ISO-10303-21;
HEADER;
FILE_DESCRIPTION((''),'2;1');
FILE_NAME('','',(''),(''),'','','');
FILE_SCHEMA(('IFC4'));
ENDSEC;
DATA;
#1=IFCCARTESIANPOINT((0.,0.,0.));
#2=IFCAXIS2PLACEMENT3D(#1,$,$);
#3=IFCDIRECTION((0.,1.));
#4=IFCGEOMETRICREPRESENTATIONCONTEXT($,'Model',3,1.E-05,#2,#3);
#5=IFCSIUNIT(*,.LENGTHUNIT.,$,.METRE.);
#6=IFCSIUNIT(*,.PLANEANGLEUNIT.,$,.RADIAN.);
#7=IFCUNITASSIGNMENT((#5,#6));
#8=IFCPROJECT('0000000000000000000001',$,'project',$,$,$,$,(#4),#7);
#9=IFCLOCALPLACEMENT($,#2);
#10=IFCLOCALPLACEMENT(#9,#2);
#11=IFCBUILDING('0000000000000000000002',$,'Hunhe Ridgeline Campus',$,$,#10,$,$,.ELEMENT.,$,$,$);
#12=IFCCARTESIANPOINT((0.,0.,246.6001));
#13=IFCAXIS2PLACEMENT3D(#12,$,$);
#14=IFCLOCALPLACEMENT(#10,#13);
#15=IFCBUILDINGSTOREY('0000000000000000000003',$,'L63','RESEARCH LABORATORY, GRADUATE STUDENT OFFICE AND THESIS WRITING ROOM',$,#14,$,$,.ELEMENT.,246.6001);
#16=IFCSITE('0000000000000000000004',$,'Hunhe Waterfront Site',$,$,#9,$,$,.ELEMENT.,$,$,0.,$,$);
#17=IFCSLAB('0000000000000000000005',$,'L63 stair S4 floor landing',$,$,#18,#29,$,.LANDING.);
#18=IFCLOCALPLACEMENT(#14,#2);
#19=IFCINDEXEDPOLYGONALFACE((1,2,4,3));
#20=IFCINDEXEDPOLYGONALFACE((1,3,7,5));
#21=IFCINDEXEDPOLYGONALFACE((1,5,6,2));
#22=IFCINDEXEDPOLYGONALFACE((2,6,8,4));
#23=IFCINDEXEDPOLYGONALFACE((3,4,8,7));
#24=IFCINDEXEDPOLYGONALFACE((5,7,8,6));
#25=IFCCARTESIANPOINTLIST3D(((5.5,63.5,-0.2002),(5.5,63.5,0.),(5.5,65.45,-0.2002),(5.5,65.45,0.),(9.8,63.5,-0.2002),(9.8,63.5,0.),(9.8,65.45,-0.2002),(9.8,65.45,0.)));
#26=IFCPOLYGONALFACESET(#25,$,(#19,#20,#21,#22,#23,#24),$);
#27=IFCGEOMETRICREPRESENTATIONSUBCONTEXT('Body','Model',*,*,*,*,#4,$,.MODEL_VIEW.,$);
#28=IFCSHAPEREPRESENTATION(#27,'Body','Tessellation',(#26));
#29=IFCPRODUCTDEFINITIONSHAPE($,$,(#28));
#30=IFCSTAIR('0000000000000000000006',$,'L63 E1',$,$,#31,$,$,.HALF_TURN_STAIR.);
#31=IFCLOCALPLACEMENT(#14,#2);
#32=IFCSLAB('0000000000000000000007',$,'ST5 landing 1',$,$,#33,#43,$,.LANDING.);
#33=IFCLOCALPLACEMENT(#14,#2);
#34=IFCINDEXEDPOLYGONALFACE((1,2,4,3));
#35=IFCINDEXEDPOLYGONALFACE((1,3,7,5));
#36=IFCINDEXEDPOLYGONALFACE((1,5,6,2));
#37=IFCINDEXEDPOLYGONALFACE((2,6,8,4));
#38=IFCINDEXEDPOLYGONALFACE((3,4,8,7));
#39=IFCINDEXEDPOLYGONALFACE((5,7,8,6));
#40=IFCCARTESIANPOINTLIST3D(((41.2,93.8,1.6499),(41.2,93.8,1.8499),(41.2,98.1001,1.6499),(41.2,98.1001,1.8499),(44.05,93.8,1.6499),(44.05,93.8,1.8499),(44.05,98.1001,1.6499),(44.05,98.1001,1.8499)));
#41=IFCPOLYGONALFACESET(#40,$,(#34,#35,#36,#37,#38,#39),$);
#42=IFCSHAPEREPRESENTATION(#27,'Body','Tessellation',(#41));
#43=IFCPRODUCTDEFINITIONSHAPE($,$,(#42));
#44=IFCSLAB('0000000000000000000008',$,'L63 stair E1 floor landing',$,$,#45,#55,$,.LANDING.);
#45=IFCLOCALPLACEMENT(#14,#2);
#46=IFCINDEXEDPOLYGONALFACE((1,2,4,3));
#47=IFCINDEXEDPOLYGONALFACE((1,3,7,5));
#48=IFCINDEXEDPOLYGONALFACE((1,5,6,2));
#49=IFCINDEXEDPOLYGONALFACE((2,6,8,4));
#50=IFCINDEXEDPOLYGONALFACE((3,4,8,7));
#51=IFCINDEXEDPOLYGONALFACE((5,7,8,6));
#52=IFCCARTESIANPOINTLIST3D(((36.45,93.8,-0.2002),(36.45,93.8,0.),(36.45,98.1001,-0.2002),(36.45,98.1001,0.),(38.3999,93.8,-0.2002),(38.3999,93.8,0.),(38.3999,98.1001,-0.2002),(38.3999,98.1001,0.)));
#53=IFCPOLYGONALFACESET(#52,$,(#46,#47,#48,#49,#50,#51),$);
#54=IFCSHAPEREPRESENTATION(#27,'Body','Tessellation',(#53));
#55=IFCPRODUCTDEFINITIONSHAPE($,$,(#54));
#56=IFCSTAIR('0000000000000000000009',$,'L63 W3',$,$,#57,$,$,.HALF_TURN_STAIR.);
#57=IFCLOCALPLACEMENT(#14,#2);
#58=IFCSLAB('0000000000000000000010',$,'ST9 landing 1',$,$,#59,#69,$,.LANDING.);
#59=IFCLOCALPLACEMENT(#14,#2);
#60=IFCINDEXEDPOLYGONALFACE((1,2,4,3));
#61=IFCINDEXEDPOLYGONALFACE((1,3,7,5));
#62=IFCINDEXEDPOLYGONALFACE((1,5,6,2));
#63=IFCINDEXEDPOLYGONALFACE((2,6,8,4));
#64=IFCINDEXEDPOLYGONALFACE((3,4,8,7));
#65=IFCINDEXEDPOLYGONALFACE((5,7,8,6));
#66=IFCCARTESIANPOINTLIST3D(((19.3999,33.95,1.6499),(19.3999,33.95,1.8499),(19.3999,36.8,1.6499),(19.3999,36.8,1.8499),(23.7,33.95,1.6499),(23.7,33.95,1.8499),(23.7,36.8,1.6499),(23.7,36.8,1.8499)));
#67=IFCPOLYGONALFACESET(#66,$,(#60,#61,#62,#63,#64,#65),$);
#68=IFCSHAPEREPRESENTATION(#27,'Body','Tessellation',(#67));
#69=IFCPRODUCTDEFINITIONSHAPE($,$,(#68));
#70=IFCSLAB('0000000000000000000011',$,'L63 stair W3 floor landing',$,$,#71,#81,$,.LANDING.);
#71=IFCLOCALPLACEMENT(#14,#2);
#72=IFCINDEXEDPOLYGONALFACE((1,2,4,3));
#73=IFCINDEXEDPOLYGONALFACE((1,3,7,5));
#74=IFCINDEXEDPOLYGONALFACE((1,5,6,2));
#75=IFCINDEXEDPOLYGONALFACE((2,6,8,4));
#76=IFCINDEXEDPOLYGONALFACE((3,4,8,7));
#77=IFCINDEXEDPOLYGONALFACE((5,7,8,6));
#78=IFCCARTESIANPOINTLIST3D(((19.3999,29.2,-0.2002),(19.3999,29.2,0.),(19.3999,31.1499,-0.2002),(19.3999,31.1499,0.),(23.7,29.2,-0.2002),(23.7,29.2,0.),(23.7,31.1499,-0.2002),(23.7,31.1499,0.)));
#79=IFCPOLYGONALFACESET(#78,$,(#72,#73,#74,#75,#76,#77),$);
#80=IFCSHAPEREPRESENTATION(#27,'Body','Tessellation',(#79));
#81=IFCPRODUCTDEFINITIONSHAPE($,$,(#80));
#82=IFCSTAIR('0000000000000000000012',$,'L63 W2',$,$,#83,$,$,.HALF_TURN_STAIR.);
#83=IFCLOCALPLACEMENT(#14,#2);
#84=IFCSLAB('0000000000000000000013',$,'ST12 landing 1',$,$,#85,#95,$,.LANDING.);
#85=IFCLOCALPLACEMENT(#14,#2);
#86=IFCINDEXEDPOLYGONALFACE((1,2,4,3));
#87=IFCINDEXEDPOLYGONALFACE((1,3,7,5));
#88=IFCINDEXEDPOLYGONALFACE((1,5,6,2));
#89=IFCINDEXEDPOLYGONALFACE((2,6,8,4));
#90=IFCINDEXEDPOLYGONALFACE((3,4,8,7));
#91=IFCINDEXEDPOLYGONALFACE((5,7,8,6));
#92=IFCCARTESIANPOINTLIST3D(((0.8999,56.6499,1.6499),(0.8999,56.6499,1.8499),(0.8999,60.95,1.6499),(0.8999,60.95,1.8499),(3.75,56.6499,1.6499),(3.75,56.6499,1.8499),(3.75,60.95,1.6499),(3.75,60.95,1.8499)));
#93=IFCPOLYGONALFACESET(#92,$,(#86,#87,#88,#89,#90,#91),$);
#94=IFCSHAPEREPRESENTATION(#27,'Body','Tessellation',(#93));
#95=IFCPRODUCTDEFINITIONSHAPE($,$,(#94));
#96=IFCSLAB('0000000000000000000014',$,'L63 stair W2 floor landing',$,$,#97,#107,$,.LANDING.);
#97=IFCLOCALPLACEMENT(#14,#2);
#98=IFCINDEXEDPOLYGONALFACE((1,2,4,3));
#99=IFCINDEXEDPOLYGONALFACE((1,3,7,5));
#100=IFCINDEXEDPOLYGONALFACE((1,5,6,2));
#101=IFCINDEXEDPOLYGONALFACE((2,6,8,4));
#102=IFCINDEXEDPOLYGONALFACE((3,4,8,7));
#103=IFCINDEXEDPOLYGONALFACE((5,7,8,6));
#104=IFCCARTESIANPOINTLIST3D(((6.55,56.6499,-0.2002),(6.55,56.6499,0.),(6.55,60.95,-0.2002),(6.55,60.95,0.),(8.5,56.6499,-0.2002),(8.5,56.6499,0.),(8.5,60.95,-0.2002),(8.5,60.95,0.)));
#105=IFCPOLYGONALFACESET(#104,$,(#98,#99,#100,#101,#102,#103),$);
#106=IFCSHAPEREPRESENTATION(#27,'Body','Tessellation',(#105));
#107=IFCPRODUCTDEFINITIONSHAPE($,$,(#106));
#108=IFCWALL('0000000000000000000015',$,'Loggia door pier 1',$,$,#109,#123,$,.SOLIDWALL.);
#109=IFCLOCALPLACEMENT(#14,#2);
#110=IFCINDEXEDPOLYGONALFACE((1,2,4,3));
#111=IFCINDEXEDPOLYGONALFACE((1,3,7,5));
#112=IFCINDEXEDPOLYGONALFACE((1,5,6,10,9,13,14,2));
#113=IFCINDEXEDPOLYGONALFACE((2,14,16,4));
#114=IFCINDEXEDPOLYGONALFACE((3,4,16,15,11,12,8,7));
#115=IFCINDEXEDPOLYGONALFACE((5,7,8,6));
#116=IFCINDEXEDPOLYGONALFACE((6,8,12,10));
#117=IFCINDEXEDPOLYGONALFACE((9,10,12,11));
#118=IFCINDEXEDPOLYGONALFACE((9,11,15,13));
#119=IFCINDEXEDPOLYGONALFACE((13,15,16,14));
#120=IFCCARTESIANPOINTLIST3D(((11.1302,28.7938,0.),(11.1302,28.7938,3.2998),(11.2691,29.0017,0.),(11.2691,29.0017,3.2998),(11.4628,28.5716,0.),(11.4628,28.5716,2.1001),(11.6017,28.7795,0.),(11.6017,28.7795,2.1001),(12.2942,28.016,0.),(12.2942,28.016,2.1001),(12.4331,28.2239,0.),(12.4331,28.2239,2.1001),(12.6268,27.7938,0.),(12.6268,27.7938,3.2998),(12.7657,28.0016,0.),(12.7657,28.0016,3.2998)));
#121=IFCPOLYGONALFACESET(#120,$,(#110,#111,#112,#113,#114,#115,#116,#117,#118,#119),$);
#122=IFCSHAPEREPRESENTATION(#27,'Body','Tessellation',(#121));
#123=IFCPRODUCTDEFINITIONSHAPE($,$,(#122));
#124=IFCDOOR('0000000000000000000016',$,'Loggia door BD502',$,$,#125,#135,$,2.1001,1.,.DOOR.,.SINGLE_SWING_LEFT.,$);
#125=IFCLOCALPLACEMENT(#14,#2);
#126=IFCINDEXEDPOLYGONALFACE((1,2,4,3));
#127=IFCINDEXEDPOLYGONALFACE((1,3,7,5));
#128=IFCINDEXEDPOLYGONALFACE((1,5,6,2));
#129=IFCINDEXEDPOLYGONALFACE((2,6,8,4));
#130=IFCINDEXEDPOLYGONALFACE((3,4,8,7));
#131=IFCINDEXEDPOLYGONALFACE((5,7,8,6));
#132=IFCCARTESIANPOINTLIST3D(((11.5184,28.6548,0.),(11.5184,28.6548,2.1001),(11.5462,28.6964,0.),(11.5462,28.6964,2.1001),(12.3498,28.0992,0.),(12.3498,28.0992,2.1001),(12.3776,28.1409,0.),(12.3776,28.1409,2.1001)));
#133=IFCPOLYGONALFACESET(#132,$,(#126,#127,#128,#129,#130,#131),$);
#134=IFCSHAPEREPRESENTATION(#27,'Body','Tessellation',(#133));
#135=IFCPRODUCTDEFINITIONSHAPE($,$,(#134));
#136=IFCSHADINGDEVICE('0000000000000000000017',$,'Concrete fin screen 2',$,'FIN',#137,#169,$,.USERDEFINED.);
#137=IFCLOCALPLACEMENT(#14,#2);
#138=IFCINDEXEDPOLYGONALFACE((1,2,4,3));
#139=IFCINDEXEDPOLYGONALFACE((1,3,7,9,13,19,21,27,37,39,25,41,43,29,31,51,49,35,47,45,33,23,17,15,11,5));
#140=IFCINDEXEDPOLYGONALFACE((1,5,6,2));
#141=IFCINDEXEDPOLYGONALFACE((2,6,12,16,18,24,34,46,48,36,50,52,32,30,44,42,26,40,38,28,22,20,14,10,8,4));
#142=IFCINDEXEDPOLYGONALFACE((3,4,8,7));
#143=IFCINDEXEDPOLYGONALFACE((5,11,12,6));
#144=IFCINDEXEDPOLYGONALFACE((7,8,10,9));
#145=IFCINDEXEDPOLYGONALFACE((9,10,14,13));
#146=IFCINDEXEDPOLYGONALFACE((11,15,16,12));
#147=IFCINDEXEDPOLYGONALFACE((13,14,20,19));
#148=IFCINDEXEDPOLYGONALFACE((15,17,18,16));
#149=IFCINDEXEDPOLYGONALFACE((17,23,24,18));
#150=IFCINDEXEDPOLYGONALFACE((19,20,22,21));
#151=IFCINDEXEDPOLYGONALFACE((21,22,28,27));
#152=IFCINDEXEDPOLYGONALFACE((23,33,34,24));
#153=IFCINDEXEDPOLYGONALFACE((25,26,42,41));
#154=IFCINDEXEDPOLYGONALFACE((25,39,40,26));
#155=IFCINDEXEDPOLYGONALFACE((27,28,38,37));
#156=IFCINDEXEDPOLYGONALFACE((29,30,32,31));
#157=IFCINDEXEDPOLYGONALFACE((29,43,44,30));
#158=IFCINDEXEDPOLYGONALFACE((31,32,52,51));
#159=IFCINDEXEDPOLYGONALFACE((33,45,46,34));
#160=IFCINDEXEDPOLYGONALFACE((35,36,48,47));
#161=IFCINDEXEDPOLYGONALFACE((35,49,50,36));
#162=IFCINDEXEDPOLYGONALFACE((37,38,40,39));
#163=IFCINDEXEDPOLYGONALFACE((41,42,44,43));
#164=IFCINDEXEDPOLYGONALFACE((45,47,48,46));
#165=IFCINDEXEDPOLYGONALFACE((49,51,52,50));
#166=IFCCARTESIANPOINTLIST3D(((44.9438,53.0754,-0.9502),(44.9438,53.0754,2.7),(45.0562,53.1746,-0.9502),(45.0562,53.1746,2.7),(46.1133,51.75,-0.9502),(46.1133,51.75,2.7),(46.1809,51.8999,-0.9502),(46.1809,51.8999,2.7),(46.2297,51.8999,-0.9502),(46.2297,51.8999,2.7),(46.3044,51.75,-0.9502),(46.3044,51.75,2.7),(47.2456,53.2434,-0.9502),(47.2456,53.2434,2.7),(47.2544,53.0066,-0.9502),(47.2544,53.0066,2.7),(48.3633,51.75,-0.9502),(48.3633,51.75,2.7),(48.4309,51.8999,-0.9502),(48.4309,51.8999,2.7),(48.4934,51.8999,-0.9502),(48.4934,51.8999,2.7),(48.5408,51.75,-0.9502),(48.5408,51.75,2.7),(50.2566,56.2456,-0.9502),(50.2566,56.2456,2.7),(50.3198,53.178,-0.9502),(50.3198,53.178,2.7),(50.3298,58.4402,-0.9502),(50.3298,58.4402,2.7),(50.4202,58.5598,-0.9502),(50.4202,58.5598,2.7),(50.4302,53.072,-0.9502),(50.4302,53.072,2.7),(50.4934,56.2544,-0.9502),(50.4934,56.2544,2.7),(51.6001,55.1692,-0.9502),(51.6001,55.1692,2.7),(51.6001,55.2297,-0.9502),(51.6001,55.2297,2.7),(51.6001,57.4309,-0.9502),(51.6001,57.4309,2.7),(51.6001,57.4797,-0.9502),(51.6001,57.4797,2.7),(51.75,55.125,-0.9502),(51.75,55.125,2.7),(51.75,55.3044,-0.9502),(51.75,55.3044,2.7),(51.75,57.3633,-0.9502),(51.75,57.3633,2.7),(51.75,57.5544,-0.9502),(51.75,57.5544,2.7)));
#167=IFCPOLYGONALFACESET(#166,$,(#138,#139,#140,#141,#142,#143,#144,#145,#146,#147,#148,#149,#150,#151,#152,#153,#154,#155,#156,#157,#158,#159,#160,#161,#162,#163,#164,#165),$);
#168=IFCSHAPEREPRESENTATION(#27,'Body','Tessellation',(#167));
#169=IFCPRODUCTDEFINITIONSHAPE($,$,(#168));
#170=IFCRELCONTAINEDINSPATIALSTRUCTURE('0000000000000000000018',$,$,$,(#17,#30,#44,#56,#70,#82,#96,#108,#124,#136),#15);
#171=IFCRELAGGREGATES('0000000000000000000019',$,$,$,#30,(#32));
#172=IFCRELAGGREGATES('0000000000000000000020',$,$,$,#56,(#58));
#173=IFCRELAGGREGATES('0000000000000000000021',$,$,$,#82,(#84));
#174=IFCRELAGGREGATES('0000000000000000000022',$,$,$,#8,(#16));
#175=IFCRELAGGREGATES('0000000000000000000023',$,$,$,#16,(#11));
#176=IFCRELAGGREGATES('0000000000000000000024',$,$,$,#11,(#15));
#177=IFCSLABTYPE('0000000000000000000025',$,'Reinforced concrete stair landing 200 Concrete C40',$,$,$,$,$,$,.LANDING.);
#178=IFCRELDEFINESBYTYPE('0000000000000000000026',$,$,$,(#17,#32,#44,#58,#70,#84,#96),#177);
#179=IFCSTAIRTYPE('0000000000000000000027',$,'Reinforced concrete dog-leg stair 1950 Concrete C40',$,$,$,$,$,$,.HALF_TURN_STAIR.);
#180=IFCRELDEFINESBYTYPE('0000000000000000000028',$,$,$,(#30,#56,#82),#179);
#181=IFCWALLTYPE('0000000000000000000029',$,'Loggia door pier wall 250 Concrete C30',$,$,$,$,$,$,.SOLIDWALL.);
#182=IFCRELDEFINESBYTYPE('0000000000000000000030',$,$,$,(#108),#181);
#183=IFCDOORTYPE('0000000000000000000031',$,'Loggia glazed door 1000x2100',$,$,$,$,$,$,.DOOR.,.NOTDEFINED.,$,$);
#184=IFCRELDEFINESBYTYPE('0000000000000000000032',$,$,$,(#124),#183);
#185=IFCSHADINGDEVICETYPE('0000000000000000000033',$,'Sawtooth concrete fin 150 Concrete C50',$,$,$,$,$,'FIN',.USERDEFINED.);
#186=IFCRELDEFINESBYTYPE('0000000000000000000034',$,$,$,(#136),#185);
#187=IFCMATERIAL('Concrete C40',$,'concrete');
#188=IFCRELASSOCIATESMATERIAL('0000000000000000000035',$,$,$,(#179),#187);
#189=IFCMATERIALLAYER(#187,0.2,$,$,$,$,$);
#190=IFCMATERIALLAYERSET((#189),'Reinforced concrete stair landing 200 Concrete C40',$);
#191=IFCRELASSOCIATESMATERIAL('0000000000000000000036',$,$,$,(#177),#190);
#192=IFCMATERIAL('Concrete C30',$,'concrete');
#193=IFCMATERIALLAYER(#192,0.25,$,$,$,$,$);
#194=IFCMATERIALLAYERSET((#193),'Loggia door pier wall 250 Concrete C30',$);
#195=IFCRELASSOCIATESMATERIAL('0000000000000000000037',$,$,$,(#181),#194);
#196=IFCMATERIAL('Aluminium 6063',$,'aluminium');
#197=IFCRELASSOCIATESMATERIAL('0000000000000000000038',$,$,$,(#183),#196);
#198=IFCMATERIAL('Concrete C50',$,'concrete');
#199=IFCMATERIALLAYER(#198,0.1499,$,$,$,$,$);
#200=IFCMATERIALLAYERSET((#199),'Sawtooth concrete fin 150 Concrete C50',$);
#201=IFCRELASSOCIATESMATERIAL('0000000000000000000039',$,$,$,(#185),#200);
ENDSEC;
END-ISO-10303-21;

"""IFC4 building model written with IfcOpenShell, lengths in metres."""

from ifc_helpers import new_model, si_unit, direction, frame, frame_2d, origin, place, context, subcontext, project, spatial, polyline, rectangle, outline, extrude, material, layer, layer_set, type_object, element, fill, aggregate, save


model = new_model("IFC4")

# Units and contexts
model_context = context("Model", 3, precision=1e-05, world=origin(), true_north=direction((0.0, 1.0)))
body_context = subcontext(model_context, "Body", "Model", "MODEL_VIEW")
ifc_project = project(units=[si_unit("LENGTHUNIT", "METRE"), si_unit("PLANEANGLEUNIT", "RADIAN")], contexts=[model_context])

# Site, building, storey
site_placement = place(None, origin())
site = spatial("IfcSite", under=ifc_project, at=site_placement, Name="Hunhe Waterfront Site", CompositionType="ELEMENT", RefElevation=0.0)
building_placement = place(site_placement, origin())
building = spatial("IfcBuilding", under=site, at=building_placement, Name="Hunhe Ridgeline Campus", CompositionType="ELEMENT")
storey_placement = place(building_placement, frame((0.0, 0.0, 246.6001)))
storey = spatial("IfcBuildingStorey", under=building, at=storey_placement, Name="L63", Description="RESEARCH LABORATORY, GRADUATE STUDENT OFFICE AND THESIS WRITING ROOM", CompositionType="ELEMENT", Elevation=246.6001)

# Shared definitions
ifc_material_1 = material(Name="Aluminium 6063", Category="aluminium")

# Shared definitions
ifc_material_2 = material(Name="Concrete C50", Category="concrete")

# Shared definitions
ifc_material_3 = material(Name="Concrete C40", Category="concrete")

# Shared definitions
stair_type = type_object("IfcStairType", Name="Reinforced concrete dog-leg stair 1950 Concrete C40", PredefinedType="HALF_TURN_STAIR", material=ifc_material_3)
ifc_layer_1 = layer(ifc_material_3, 0.2)
ifc_layer_set_1 = layer_set([ifc_layer_1], Name="Reinforced concrete stair landing 200 Concrete C40")
slab_type_1 = type_object("IfcSlabType", Name="Reinforced concrete stair landing 200 Concrete C40", PredefinedType="LANDING", material=ifc_layer_set_1)

# Slab
slab_1_placement = place(storey_placement, frame((0.0, 0.0, -0.2002)))
element("IfcSlab", 1, at=slab_1_placement, inside=storey, type_object=slab_type_1, Name="L63 stair S4 floor landing", PredefinedType="LANDING", context=body_context, shape_type="SweptSolid", body=[
    extrude(outline(polyline([(9.8, 63.5), (9.8, 65.45), (5.5, 65.45), (5.5, 63.5), (9.8, 63.5)])), origin(), (0.0, 0.0, 1.0), 0.2002),
])

# Stair, slab
stair_1_placement = place(storey_placement, origin())
stair_1 = element("IfcStair", 2, at=stair_1_placement, inside=storey, type_object=stair_type, Name="L63 E1", PredefinedType="HALF_TURN_STAIR")
slab_2_placement = place(storey_placement, frame((0.0, 0.0, 1.6499)))
slab_2 = element("IfcSlab", 3, at=slab_2_placement, type_object=slab_type_1, Name="ST5 landing 1", PredefinedType="LANDING", context=body_context, shape_type="SweptSolid", body=[
    extrude(outline(polyline([(41.2, 93.8), (44.05, 93.8), (44.05, 98.1001), (41.2, 98.1001), (41.2, 93.8)])), origin(), (0.0, 0.0, 1.0), 0.2),
])
aggregate(stair_1, [slab_2])

# Slab
slab_3_placement = place(storey_placement, frame((0.0, 0.0, -0.2002)))
element("IfcSlab", 4, at=slab_3_placement, inside=storey, type_object=slab_type_1, Name="L63 stair E1 floor landing", PredefinedType="LANDING", context=body_context, shape_type="SweptSolid", body=[
    extrude(outline(polyline([(36.45, 93.8), (38.3999, 93.8), (38.3999, 98.1001), (36.45, 98.1001), (36.45, 93.8)])), origin(), (0.0, 0.0, 1.0), 0.2002),
])

# Stair, slab
stair_2_placement = place(storey_placement, origin())
stair_2 = element("IfcStair", 5, at=stair_2_placement, inside=storey, type_object=stair_type, Name="L63 W3", PredefinedType="HALF_TURN_STAIR")
slab_4_placement = place(storey_placement, frame((0.0, 0.0, 1.6499)))
slab_4 = element("IfcSlab", 6, at=slab_4_placement, type_object=slab_type_1, Name="ST9 landing 1", PredefinedType="LANDING", context=body_context, shape_type="SweptSolid", body=[
    extrude(outline(polyline([(23.7, 33.95), (23.7, 36.8), (19.3999, 36.8), (19.3999, 33.95), (23.7, 33.95)])), origin(), (0.0, 0.0, 1.0), 0.2),
])
aggregate(stair_2, [slab_4])

# Slab
slab_5_placement = place(storey_placement, frame((0.0, 0.0, -0.2002)))
element("IfcSlab", 7, at=slab_5_placement, inside=storey, type_object=slab_type_1, Name="L63 stair W3 floor landing", PredefinedType="LANDING", context=body_context, shape_type="SweptSolid", body=[
    extrude(outline(polyline([(23.7, 29.2), (23.7, 31.1499), (19.3999, 31.1499), (19.3999, 29.2), (23.7, 29.2)])), origin(), (0.0, 0.0, 1.0), 0.2002),
])

# Stair, slab
stair_3_placement = place(storey_placement, origin())
stair_3 = element("IfcStair", 8, at=stair_3_placement, inside=storey, type_object=stair_type, Name="L63 W2", PredefinedType="HALF_TURN_STAIR")
slab_6_placement = place(storey_placement, frame((0.0, 0.0, 1.6499)))
slab_6 = element("IfcSlab", 9, at=slab_6_placement, type_object=slab_type_1, Name="ST12 landing 1", PredefinedType="LANDING", context=body_context, shape_type="SweptSolid", body=[
    extrude(outline(polyline([(3.75, 60.95), (0.8999, 60.95), (0.8999, 56.6499), (3.75, 56.6499), (3.75, 60.95)])), origin(), (0.0, 0.0, 1.0), 0.2),
])
aggregate(stair_3, [slab_6])

# Slab
slab_7_placement = place(storey_placement, frame((0.0, 0.0, -0.2002)))
element("IfcSlab", 10, at=slab_7_placement, inside=storey, type_object=slab_type_1, Name="L63 stair W2 floor landing", PredefinedType="LANDING", context=body_context, shape_type="SweptSolid", body=[
    extrude(outline(polyline([(8.5, 60.95), (6.55, 60.95), (6.55, 56.6499), (8.5, 56.6499), (8.5, 60.95)])), origin(), (0.0, 0.0, 1.0), 0.2002),
])

# Wall, opening, door
ifc_material_4 = material(Name="Concrete C30", Category="concrete")
ifc_layer_2 = layer(ifc_material_4, 0.25)
ifc_layer_set_2 = layer_set([ifc_layer_2], Name="Loggia door pier wall 250 Concrete C30")
wall_type = type_object("IfcWallType", Name="Loggia door pier wall 250 Concrete C30", PredefinedType="SOLIDWALL", material=ifc_layer_set_2)
wall_placement = place(storey_placement, frame((11.1997, 28.8977, 0.0), z_axis=(0.0, 0.0, 1.0), x_axis=(0.831466, -0.555576, 0.0)))
wall = element("IfcWall", 11, at=wall_placement, inside=storey, type_object=wall_type, Name="Loggia door pier 1", PredefinedType="SOLIDWALL", context=body_context, shape_type="SweptSolid", body=[
    extrude(rectangle(XDim=1.8, YDim=0.25, at=frame_2d((0.8999, 0.0))), origin(), (0.0, 0.0, 1.0), 3.2998),
])
opening_placement = place(wall_placement, frame((0.3999, 0.0, 0.0)))
opening = element("IfcOpeningElement", 12, at=opening_placement, cuts=wall, PredefinedType="OPENING", context=body_context, shape_type="SweptSolid", body=[
    extrude(rectangle(XDim=1.0, YDim=2.1001, at=frame_2d((0.5, 1.05))), frame((0.0, 0.125, 0.0), z_axis=(0.0, -1.0, 0.0), x_axis=(1.0, 0.0, 0.0)), (0.0, 0.0, 1.0), 0.25),
])
door_type = type_object("IfcDoorType", Name="Loggia glazed door 1000x2100", OperationType="NOTDEFINED", PredefinedType="DOOR", material=ifc_material_1)
door_placement = place(opening_placement, frame((1.0, 0.0, 0.0), z_axis=(0.0, 0.0, 1.0), x_axis=(-1.0, 0.0, 0.0)))
door = element("IfcDoor", 13, at=door_placement, inside=storey, type_object=door_type, Name="Loggia door BD502", OperationType="SINGLE_SWING_LEFT", OverallHeight=2.1001, OverallWidth=1.0, PredefinedType="DOOR", context=body_context, shape_type="SweptSolid", body=[
    extrude(rectangle(XDim=1.0, YDim=2.1001, at=frame_2d((0.5, 1.05))), frame((0.0, 0.0249, 0.0), z_axis=(0.0, -1.0, 0.0), x_axis=(1.0, 0.0, 0.0)), (0.0, 0.0, 1.0), 0.05),
])
fill(opening, door)

# Shading device
ifc_layer_3 = layer(ifc_material_2, 0.1499)
ifc_layer_set_3 = layer_set([ifc_layer_3], Name="Sawtooth concrete fin 150 Concrete C50")
shading_device_type = type_object("IfcShadingDeviceType", Name="Sawtooth concrete fin 150 Concrete C50", ElementType="FIN", PredefinedType="USERDEFINED", material=ifc_layer_set_3)
shading_device_1_placement = place(storey_placement, frame((0.0, 0.0, -0.9502)))
element("IfcShadingDevice", 14, at=shading_device_1_placement, inside=storey, type_object=shading_device_type, Name="Concrete fin screen 2", ObjectType="FIN", PredefinedType="USERDEFINED", context=body_context, shape_type="SweptSolid", body=[
    extrude(outline(polyline([(45.0562, 53.1746), (44.9438, 53.0754), (46.1133, 51.75), (46.3044, 51.75), (47.2544, 53.0066), (48.3633, 51.75), (48.5408, 51.75), (50.4302, 53.072), (51.75, 55.125), (51.75, 55.3044), (50.4934, 56.2544), (51.75, 57.3633), (51.75, 57.5544), (50.4202, 58.5598), (50.3298, 58.4402), (51.6001, 57.4797), (51.6001, 57.4309), (50.2566, 56.2456), (51.6001, 55.2297), (51.6001, 55.1692), (50.3198, 53.178), (48.4934, 51.8999), (48.4309, 51.8999), (47.2456, 53.2434), (46.2297, 51.8999), (46.1809, 51.8999), (45.0562, 53.1746)])), origin(), (0.0, 0.0, 1.0), 3.6501),
])

save(model, "model.ifc")
